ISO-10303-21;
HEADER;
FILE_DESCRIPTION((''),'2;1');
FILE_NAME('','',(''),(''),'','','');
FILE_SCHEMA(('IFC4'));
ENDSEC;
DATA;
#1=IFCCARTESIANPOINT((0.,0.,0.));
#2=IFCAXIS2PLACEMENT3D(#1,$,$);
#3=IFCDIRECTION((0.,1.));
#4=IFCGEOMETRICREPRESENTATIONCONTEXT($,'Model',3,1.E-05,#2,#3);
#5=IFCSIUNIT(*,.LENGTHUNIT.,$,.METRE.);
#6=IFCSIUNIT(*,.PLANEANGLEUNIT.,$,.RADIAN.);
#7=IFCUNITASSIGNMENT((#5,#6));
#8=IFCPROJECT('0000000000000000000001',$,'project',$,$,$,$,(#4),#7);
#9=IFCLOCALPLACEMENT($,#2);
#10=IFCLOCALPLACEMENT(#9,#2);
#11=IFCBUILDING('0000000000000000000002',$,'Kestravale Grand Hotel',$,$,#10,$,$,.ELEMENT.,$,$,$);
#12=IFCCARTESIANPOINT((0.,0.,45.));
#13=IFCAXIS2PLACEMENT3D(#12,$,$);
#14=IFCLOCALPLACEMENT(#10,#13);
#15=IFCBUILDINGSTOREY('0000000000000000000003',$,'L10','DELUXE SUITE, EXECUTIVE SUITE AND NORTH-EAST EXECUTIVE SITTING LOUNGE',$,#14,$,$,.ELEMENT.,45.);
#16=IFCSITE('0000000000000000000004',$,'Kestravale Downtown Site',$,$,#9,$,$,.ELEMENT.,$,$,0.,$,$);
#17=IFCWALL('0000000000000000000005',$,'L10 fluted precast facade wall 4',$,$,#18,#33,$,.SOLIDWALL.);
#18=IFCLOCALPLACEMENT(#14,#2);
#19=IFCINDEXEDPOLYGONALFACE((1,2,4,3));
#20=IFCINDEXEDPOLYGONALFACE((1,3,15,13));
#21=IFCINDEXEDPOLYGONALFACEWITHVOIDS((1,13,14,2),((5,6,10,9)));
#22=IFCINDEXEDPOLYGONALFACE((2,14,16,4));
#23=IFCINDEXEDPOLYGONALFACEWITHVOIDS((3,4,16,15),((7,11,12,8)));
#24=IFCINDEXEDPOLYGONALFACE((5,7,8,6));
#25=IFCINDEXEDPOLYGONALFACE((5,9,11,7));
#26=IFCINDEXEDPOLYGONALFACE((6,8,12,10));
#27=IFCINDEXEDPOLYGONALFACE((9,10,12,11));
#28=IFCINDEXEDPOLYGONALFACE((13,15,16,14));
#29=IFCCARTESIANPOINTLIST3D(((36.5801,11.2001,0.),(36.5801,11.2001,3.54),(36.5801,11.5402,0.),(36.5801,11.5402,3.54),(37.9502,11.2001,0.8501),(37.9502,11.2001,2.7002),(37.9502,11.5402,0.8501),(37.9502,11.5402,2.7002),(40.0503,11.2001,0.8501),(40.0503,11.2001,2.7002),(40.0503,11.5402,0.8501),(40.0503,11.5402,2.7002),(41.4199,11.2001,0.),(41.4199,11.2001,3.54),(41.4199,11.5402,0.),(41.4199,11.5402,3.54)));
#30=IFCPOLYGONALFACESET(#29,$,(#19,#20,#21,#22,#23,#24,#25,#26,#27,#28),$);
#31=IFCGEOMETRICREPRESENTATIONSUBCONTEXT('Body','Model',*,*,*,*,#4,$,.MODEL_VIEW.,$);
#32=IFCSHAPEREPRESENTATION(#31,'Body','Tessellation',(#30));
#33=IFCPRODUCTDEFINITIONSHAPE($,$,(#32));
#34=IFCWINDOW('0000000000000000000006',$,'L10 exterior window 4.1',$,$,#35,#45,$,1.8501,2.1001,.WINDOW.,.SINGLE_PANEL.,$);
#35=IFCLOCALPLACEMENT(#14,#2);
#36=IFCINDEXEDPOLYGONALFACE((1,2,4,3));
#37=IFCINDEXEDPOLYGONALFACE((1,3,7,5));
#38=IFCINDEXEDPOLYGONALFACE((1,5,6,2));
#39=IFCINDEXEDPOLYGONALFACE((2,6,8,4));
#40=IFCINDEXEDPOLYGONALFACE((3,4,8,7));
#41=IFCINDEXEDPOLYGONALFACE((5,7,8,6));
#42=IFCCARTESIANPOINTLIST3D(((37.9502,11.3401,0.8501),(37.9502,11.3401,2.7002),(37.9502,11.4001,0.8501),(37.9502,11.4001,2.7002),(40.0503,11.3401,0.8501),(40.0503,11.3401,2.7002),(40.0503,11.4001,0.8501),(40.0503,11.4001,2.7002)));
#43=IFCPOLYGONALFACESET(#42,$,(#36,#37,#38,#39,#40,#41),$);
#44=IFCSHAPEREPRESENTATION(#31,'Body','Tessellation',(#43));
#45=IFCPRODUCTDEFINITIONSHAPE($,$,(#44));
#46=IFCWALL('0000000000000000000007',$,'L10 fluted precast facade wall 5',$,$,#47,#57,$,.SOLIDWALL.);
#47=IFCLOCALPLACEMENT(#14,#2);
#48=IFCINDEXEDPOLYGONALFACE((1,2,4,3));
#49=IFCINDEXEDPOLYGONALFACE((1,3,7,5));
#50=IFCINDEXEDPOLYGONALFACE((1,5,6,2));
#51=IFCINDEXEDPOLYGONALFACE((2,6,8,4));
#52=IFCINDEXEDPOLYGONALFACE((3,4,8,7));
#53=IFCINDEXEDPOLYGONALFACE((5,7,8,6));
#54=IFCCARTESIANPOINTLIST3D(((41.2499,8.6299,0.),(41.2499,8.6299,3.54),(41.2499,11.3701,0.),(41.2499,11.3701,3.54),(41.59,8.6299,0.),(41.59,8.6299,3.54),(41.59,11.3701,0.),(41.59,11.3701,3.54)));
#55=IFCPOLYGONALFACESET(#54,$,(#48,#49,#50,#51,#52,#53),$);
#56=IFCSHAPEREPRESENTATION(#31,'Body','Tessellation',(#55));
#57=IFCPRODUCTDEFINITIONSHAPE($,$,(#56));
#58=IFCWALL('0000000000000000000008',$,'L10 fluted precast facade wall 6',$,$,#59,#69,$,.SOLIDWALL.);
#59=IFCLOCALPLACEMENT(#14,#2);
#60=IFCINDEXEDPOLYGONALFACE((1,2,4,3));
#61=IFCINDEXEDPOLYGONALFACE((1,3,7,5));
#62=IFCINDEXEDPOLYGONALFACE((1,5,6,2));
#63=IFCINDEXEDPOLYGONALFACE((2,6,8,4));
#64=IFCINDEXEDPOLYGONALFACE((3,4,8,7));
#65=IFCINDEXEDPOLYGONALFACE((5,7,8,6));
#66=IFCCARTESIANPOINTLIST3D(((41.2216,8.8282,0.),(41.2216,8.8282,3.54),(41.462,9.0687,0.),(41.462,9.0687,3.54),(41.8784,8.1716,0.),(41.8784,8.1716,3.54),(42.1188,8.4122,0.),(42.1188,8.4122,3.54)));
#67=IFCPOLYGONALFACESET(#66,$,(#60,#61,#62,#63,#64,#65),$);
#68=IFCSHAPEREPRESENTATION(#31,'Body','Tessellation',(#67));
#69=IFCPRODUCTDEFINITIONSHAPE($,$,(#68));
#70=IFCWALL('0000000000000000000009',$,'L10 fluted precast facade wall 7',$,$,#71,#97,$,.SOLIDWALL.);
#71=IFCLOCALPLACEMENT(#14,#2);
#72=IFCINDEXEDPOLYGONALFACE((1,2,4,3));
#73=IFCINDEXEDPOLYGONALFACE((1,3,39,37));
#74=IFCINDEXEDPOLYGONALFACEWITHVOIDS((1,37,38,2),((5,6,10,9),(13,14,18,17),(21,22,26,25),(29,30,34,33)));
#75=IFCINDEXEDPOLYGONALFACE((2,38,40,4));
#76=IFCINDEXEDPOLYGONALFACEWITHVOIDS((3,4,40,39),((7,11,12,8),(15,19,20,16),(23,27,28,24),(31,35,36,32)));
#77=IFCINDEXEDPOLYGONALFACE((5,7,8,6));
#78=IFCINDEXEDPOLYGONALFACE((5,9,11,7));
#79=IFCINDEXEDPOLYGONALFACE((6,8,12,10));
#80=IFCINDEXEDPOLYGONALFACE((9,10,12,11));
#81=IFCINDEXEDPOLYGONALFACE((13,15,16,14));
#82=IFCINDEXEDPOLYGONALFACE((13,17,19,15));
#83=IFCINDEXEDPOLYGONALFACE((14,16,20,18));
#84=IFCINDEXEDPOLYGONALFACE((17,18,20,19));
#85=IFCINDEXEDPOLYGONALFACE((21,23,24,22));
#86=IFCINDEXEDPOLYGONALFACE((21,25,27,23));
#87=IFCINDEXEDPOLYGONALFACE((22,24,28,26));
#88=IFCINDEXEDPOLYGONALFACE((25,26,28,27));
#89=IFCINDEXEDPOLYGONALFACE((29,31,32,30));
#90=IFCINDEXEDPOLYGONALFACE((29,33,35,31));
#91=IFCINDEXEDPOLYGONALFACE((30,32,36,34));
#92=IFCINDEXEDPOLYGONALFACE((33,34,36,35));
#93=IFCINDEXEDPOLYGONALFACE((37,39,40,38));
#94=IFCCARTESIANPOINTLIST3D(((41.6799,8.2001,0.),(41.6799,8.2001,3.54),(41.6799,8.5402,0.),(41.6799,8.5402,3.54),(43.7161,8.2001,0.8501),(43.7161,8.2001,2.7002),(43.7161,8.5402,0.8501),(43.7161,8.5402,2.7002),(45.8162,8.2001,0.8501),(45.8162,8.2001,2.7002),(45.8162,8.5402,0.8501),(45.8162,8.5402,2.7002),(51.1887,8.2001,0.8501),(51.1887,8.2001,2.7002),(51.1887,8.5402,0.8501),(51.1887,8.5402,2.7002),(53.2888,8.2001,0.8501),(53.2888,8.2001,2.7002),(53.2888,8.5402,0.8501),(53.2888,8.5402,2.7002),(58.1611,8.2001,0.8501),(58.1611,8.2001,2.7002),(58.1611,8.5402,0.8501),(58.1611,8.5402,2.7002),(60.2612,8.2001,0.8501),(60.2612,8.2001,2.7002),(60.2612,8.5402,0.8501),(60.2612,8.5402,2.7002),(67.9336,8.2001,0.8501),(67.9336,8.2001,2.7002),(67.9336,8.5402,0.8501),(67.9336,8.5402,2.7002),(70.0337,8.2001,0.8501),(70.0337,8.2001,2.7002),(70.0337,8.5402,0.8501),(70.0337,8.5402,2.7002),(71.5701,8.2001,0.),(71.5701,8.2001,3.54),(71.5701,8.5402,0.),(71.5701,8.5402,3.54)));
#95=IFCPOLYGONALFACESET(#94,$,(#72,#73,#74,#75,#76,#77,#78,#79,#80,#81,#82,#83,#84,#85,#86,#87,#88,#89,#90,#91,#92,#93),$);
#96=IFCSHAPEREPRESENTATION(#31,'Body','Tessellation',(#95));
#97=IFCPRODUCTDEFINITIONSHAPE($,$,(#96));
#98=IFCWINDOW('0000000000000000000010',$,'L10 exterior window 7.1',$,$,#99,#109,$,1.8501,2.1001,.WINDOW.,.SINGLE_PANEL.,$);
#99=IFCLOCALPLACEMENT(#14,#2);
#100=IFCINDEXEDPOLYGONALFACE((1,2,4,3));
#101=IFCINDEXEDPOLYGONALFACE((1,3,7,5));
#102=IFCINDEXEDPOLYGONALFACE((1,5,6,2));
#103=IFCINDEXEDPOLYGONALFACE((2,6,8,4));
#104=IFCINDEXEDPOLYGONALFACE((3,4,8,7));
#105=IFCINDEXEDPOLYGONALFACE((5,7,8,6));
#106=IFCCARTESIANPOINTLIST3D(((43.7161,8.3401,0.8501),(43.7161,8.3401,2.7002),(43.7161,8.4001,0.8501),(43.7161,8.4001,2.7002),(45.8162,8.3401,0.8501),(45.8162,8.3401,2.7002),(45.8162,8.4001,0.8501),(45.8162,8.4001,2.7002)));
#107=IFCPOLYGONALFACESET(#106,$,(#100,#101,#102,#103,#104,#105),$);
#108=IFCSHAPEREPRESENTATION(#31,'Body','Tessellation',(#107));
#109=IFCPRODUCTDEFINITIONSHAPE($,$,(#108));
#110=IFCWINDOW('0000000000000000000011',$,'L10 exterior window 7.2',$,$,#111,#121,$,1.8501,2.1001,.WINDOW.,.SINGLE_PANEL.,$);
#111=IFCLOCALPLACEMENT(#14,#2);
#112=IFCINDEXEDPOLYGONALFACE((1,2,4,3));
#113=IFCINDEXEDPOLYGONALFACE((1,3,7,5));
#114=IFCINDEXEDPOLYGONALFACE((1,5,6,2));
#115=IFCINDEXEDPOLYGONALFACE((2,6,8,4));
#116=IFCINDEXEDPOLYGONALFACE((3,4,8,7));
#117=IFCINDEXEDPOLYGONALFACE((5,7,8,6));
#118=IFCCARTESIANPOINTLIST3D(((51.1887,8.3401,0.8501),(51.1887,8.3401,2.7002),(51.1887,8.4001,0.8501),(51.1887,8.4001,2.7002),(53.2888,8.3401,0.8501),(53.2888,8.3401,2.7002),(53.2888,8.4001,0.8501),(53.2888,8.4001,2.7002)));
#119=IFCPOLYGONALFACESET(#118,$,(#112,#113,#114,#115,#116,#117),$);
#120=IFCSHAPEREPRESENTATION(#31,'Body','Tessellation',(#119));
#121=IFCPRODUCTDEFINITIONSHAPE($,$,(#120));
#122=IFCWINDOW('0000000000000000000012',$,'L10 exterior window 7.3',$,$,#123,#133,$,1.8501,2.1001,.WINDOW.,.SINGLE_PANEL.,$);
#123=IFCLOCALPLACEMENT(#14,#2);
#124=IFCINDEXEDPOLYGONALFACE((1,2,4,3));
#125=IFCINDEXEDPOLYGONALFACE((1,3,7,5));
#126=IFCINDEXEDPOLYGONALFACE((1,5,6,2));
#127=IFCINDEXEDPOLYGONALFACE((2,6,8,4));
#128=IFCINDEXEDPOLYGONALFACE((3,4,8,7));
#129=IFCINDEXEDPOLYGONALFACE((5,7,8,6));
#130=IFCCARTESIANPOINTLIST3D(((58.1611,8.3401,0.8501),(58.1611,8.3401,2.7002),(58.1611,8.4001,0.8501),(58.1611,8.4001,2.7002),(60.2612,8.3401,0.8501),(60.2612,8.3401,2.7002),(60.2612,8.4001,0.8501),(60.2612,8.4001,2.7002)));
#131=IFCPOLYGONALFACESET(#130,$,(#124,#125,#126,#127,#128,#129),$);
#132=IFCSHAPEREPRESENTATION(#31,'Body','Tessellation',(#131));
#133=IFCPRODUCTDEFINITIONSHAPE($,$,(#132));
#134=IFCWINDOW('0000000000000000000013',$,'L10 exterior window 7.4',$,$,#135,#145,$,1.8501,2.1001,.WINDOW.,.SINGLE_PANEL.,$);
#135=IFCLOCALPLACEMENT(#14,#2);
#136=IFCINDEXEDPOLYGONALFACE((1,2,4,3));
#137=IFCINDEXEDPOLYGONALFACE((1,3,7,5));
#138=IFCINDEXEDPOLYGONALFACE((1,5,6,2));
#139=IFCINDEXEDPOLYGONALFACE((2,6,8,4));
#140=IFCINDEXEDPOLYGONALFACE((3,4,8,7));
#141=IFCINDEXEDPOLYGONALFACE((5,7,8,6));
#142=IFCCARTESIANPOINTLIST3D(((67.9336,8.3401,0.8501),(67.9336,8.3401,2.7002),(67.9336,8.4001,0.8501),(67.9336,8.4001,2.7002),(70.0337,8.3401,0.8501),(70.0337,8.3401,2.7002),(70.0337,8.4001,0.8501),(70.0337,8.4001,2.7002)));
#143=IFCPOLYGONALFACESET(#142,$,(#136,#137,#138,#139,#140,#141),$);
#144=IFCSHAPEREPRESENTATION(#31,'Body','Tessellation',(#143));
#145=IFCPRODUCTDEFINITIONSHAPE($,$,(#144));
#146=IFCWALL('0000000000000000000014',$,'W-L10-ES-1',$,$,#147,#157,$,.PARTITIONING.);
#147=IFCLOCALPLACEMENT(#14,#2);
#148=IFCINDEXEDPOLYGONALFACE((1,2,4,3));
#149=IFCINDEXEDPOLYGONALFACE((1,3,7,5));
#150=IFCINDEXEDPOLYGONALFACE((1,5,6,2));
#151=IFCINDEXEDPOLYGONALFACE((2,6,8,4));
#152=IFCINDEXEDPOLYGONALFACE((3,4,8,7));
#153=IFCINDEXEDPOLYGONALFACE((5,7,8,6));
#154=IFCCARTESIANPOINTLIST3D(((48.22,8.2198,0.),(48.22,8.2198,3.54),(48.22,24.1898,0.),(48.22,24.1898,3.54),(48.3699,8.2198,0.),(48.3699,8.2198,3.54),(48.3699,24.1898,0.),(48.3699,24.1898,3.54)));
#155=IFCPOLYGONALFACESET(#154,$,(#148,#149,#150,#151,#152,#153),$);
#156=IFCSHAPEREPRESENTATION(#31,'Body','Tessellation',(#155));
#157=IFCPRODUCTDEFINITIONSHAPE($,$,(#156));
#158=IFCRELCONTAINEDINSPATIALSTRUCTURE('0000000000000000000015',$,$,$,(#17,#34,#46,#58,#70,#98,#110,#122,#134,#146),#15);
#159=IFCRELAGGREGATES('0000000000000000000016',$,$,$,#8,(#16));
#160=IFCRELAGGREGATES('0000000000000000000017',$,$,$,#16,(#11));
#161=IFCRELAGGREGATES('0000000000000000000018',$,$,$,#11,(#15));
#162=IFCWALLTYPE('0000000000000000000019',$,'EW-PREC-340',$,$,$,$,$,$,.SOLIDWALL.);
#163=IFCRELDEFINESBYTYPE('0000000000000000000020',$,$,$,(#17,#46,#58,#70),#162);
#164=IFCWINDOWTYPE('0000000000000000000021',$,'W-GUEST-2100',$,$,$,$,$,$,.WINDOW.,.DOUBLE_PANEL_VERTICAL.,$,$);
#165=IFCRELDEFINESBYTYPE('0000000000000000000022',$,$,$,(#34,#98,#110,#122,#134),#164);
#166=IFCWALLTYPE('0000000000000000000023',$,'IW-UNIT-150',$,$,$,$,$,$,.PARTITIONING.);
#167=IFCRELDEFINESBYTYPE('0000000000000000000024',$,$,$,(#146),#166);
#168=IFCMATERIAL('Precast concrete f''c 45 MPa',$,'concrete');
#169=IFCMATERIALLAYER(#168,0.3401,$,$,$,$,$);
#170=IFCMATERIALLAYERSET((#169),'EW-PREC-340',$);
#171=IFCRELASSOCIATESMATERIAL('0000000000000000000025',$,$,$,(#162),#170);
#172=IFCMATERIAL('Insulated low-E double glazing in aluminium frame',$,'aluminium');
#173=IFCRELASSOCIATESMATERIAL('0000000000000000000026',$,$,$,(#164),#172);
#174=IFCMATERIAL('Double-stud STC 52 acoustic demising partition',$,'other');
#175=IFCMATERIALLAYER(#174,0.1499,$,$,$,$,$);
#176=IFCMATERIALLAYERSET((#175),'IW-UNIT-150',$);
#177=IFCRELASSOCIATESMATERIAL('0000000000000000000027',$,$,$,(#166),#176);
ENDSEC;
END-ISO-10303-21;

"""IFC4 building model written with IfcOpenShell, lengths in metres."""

from ifc_helpers import new_model, si_unit, direction, frame, frame_2d, origin, place, context, subcontext, project, spatial, rectangle, extrude, material, layer, layer_set, type_object, element, fill, save


model = new_model("IFC4")

# Units and contexts
model_context = context("Model", 3, precision=1e-05, world=origin(), true_north=direction((0.0, 1.0)))
body_context = subcontext(model_context, "Body", "Model", "MODEL_VIEW")
ifc_project = project(units=[si_unit("LENGTHUNIT", "METRE"), si_unit("PLANEANGLEUNIT", "RADIAN")], contexts=[model_context])

# Site, building, storey
site_placement = place(None, origin())
site = spatial("IfcSite", under=ifc_project, at=site_placement, Name="Kestravale Downtown Site", CompositionType="ELEMENT", RefElevation=0.0)
building_placement = place(site_placement, origin())
building = spatial("IfcBuilding", under=site, at=building_placement, Name="Kestravale Grand Hotel", CompositionType="ELEMENT")
storey_placement = place(building_placement, frame((0.0, 0.0, 45.0)))
storey = spatial("IfcBuildingStorey", under=building, at=storey_placement, Name="L10", Description="DELUXE SUITE, EXECUTIVE SUITE AND NORTH-EAST EXECUTIVE SITTING LOUNGE", CompositionType="ELEMENT", Elevation=45.0)

# Shared definitions
ifc_material_1 = material(Name="Precast concrete f'c 45 MPa", Category="concrete")
ifc_layer_1 = layer(ifc_material_1, 0.3401)
ifc_layer_set_1 = layer_set([ifc_layer_1], Name="EW-PREC-340")
wall_type_1 = type_object("IfcWallType", Name="EW-PREC-340", PredefinedType="SOLIDWALL", material=ifc_layer_set_1)

# Wall, opening, window
ifc_material_2 = material(Name="Insulated low-E double glazing in aluminium frame", Category="aluminium")
window_type = type_object("IfcWindowType", Name="W-GUEST-2100", PartitioningType="DOUBLE_PANEL_VERTICAL", PredefinedType="WINDOW", material=ifc_material_2)
wall_1_placement = place(storey_placement, frame((36.5801, 11.3701, 0.0), z_axis=(0.0, 0.0, 1.0), x_axis=(1.0, 0.0, 0.0)))
wall_1 = element("IfcWall", 1, at=wall_1_placement, inside=storey, type_object=wall_type_1, Name="L10 fluted precast facade wall 4", PredefinedType="SOLIDWALL", context=body_context, shape_type="SweptSolid", body=[
    extrude(rectangle(XDim=4.8398, YDim=0.3401, at=frame_2d((2.4199, 0.0))), origin(), (0.0, 0.0, 1.0), 3.54),
])
opening_1_placement = place(wall_1_placement, frame((1.3701, 0.0, 0.8501)))
opening_1 = element("IfcOpeningElement", 2, at=opening_1_placement, cuts=wall_1, PredefinedType="OPENING", context=body_context, shape_type="SweptSolid", body=[
    extrude(rectangle(XDim=2.1001, YDim=1.8501, at=frame_2d((1.05, 0.925))), frame((0.0, 0.1799, 0.0), z_axis=(0.0, -1.0, 0.0), x_axis=(1.0, 0.0, 0.0)), (0.0, 0.0, 1.0), 0.3601),
])
window_1_placement = place(opening_1_placement, origin())
window_1 = element("IfcWindow", 3, at=window_1_placement, inside=storey, type_object=window_type, Name="L10 exterior window 4.1", OverallHeight=1.8501, OverallWidth=2.1001, PartitioningType="SINGLE_PANEL", PredefinedType="WINDOW", context=body_context, shape_type="SweptSolid", body=[
    extrude(rectangle(XDim=2.1001, YDim=1.8501, at=frame_2d((1.05, 0.925))), frame((0.0, 0.03, 0.0), z_axis=(0.0, -1.0, 0.0), x_axis=(1.0, 0.0, 0.0)), (0.0, 0.0, 1.0), 0.0601),
])
fill(opening_1, window_1)

# Walls
wall_2_placement = place(storey_placement, frame((41.4199, 11.3701, 0.0), z_axis=(0.0, 0.0, 1.0), x_axis=(0.0, -1.0, 0.0)))
element("IfcWall", 4, at=wall_2_placement, inside=storey, type_object=wall_type_1, Name="L10 fluted precast facade wall 5", PredefinedType="SOLIDWALL", context=body_context, shape_type="SweptSolid", body=[
    extrude(rectangle(XDim=2.7402, YDim=0.3401, at=frame_2d((1.3701, 0.0))), origin(), (0.0, 0.0, 1.0), 3.54),
])
wall_3_placement = place(storey_placement, frame((41.3418, 8.9485, 0.0), z_axis=(0.0, 0.0, 1.0), x_axis=(0.707238, -0.706975, 0.0)))
element("IfcWall", 5, at=wall_3_placement, inside=storey, type_object=wall_type_1, Name="L10 fluted precast facade wall 6", PredefinedType="SOLIDWALL", context=body_context, shape_type="SweptSolid", body=[
    extrude(rectangle(XDim=0.9287, YDim=0.3401, at=frame_2d((0.4644, 0.0))), origin(), (0.0, 0.0, 1.0), 3.54),
])

# Wall, openings, windows
wall_4_placement = place(storey_placement, frame((41.6799, 8.3701, 0.0), z_axis=(0.0, 0.0, 1.0), x_axis=(1.0, 0.0, 0.0)))
wall_4 = element("IfcWall", 6, at=wall_4_placement, inside=storey, type_object=wall_type_1, Name="L10 fluted precast facade wall 7", PredefinedType="SOLIDWALL", context=body_context, shape_type="SweptSolid", body=[
    extrude(rectangle(XDim=29.8901, YDim=0.3401, at=frame_2d((14.9451, 0.0))), origin(), (0.0, 0.0, 1.0), 3.54),
])
opening_2_placement = place(wall_4_placement, frame((2.0361, 0.0, 0.8501)))
opening_2 = element("IfcOpeningElement", 7, at=opening_2_placement, cuts=wall_4, PredefinedType="OPENING", context=body_context, shape_type="SweptSolid", body=[
    extrude(rectangle(XDim=2.1001, YDim=1.8501, at=frame_2d((1.05, 0.925))), frame((0.0, 0.1799, 0.0), z_axis=(0.0, -1.0, 0.0), x_axis=(1.0, 0.0, 0.0)), (0.0, 0.0, 1.0), 0.3601),
])
opening_3_placement = place(wall_4_placement, frame((9.5088, 0.0, 0.8501)))
opening_3 = element("IfcOpeningElement", 8, at=opening_3_placement, cuts=wall_4, PredefinedType="OPENING", context=body_context, shape_type="SweptSolid", body=[
    extrude(rectangle(XDim=2.1001, YDim=1.8501, at=frame_2d((1.05, 0.925))), frame((0.0, 0.1799, 0.0), z_axis=(0.0, -1.0, 0.0), x_axis=(1.0, 0.0, 0.0)), (0.0, 0.0, 1.0), 0.3601),
])
opening_4_placement = place(wall_4_placement, frame((16.4812, 0.0, 0.8501)))
opening_4 = element("IfcOpeningElement", 9, at=opening_4_placement, cuts=wall_4, PredefinedType="OPENING", context=body_context, shape_type="SweptSolid", body=[
    extrude(rectangle(XDim=2.1001, YDim=1.8501, at=frame_2d((1.05, 0.925))), frame((0.0, 0.1799, 0.0), z_axis=(0.0, -1.0, 0.0), x_axis=(1.0, 0.0, 0.0)), (0.0, 0.0, 1.0), 0.3601),
])
opening_5_placement = place(wall_4_placement, frame((26.2537, 0.0, 0.8501)))
opening_5 = element("IfcOpeningElement", 10, at=opening_5_placement, cuts=wall_4, PredefinedType="OPENING", context=body_context, shape_type="SweptSolid", body=[
    extrude(rectangle(XDim=2.1001, YDim=1.8501, at=frame_2d((1.05, 0.925))), frame((0.0, 0.1799, 0.0), z_axis=(0.0, -1.0, 0.0), x_axis=(1.0, 0.0, 0.0)), (0.0, 0.0, 1.0), 0.3601),
])
window_2_placement = place(opening_2_placement, origin())
window_2 = element("IfcWindow", 11, at=window_2_placement, inside=storey, type_object=window_type, Name="L10 exterior window 7.1", OverallHeight=1.8501, OverallWidth=2.1001, PartitioningType="SINGLE_PANEL", PredefinedType="WINDOW", context=body_context, shape_type="SweptSolid", body=[
    extrude(rectangle(XDim=2.1001, YDim=1.8501, at=frame_2d((1.05, 0.925))), frame((0.0, 0.03, 0.0), z_axis=(0.0, -1.0, 0.0), x_axis=(1.0, 0.0, 0.0)), (0.0, 0.0, 1.0), 0.0601),
])
fill(opening_2, window_2)
window_3_placement = place(opening_3_placement, origin())
window_3 = element("IfcWindow", 12, at=window_3_placement, inside=storey, type_object=window_type, Name="L10 exterior window 7.2", OverallHeight=1.8501, OverallWidth=2.1001, PartitioningType="SINGLE_PANEL", PredefinedType="WINDOW", context=body_context, shape_type="SweptSolid", body=[
    extrude(rectangle(XDim=2.1001, YDim=1.8501, at=frame_2d((1.05, 0.925))), frame((0.0, 0.03, 0.0), z_axis=(0.0, -1.0, 0.0), x_axis=(1.0, 0.0, 0.0)), (0.0, 0.0, 1.0), 0.0601),
])
fill(opening_3, window_3)
window_4_placement = place(opening_4_placement, origin())
window_4 = element("IfcWindow", 13, at=window_4_placement, inside=storey, type_object=window_type, Name="L10 exterior window 7.3", OverallHeight=1.8501, OverallWidth=2.1001, PartitioningType="SINGLE_PANEL", PredefinedType="WINDOW", context=body_context, shape_type="SweptSolid", body=[
    extrude(rectangle(XDim=2.1001, YDim=1.8501, at=frame_2d((1.05, 0.925))), frame((0.0, 0.03, 0.0), z_axis=(0.0, -1.0, 0.0), x_axis=(1.0, 0.0, 0.0)), (0.0, 0.0, 1.0), 0.0601),
])
fill(opening_4, window_4)
window_5_placement = place(opening_5_placement, origin())
window_5 = element("IfcWindow", 14, at=window_5_placement, inside=storey, type_object=window_type, Name="L10 exterior window 7.4", OverallHeight=1.8501, OverallWidth=2.1001, PartitioningType="SINGLE_PANEL", PredefinedType="WINDOW", context=body_context, shape_type="SweptSolid", body=[
    extrude(rectangle(XDim=2.1001, YDim=1.8501, at=frame_2d((1.05, 0.925))), frame((0.0, 0.03, 0.0), z_axis=(0.0, -1.0, 0.0), x_axis=(1.0, 0.0, 0.0)), (0.0, 0.0, 1.0), 0.0601),
])
fill(opening_5, window_5)

# Wall
ifc_material_3 = material(Name="Double-stud STC 52 acoustic demising partition", Category="other")
ifc_layer_2 = layer(ifc_material_3, 0.1499)
ifc_layer_set_2 = layer_set([ifc_layer_2], Name="IW-UNIT-150")
wall_type_2 = type_object("IfcWallType", Name="IW-UNIT-150", PredefinedType="PARTITIONING", material=ifc_layer_set_2)
wall_5_placement = place(storey_placement, frame((48.2949, 8.22, 0.0), z_axis=(0.0, 0.0, 1.0), x_axis=(0.0, 1.0, 0.0)))
element("IfcWall", 15, at=wall_5_placement, inside=storey, type_object=wall_type_2, Name="W-L10-ES-1", PredefinedType="PARTITIONING", context=body_context, shape_type="SweptSolid", body=[
    extrude(rectangle(XDim=15.97, YDim=0.1499, at=frame_2d((7.9849, 0.0))), origin(), (0.0, 0.0, 1.0), 3.54),
])

save(model, "model.ifc")
